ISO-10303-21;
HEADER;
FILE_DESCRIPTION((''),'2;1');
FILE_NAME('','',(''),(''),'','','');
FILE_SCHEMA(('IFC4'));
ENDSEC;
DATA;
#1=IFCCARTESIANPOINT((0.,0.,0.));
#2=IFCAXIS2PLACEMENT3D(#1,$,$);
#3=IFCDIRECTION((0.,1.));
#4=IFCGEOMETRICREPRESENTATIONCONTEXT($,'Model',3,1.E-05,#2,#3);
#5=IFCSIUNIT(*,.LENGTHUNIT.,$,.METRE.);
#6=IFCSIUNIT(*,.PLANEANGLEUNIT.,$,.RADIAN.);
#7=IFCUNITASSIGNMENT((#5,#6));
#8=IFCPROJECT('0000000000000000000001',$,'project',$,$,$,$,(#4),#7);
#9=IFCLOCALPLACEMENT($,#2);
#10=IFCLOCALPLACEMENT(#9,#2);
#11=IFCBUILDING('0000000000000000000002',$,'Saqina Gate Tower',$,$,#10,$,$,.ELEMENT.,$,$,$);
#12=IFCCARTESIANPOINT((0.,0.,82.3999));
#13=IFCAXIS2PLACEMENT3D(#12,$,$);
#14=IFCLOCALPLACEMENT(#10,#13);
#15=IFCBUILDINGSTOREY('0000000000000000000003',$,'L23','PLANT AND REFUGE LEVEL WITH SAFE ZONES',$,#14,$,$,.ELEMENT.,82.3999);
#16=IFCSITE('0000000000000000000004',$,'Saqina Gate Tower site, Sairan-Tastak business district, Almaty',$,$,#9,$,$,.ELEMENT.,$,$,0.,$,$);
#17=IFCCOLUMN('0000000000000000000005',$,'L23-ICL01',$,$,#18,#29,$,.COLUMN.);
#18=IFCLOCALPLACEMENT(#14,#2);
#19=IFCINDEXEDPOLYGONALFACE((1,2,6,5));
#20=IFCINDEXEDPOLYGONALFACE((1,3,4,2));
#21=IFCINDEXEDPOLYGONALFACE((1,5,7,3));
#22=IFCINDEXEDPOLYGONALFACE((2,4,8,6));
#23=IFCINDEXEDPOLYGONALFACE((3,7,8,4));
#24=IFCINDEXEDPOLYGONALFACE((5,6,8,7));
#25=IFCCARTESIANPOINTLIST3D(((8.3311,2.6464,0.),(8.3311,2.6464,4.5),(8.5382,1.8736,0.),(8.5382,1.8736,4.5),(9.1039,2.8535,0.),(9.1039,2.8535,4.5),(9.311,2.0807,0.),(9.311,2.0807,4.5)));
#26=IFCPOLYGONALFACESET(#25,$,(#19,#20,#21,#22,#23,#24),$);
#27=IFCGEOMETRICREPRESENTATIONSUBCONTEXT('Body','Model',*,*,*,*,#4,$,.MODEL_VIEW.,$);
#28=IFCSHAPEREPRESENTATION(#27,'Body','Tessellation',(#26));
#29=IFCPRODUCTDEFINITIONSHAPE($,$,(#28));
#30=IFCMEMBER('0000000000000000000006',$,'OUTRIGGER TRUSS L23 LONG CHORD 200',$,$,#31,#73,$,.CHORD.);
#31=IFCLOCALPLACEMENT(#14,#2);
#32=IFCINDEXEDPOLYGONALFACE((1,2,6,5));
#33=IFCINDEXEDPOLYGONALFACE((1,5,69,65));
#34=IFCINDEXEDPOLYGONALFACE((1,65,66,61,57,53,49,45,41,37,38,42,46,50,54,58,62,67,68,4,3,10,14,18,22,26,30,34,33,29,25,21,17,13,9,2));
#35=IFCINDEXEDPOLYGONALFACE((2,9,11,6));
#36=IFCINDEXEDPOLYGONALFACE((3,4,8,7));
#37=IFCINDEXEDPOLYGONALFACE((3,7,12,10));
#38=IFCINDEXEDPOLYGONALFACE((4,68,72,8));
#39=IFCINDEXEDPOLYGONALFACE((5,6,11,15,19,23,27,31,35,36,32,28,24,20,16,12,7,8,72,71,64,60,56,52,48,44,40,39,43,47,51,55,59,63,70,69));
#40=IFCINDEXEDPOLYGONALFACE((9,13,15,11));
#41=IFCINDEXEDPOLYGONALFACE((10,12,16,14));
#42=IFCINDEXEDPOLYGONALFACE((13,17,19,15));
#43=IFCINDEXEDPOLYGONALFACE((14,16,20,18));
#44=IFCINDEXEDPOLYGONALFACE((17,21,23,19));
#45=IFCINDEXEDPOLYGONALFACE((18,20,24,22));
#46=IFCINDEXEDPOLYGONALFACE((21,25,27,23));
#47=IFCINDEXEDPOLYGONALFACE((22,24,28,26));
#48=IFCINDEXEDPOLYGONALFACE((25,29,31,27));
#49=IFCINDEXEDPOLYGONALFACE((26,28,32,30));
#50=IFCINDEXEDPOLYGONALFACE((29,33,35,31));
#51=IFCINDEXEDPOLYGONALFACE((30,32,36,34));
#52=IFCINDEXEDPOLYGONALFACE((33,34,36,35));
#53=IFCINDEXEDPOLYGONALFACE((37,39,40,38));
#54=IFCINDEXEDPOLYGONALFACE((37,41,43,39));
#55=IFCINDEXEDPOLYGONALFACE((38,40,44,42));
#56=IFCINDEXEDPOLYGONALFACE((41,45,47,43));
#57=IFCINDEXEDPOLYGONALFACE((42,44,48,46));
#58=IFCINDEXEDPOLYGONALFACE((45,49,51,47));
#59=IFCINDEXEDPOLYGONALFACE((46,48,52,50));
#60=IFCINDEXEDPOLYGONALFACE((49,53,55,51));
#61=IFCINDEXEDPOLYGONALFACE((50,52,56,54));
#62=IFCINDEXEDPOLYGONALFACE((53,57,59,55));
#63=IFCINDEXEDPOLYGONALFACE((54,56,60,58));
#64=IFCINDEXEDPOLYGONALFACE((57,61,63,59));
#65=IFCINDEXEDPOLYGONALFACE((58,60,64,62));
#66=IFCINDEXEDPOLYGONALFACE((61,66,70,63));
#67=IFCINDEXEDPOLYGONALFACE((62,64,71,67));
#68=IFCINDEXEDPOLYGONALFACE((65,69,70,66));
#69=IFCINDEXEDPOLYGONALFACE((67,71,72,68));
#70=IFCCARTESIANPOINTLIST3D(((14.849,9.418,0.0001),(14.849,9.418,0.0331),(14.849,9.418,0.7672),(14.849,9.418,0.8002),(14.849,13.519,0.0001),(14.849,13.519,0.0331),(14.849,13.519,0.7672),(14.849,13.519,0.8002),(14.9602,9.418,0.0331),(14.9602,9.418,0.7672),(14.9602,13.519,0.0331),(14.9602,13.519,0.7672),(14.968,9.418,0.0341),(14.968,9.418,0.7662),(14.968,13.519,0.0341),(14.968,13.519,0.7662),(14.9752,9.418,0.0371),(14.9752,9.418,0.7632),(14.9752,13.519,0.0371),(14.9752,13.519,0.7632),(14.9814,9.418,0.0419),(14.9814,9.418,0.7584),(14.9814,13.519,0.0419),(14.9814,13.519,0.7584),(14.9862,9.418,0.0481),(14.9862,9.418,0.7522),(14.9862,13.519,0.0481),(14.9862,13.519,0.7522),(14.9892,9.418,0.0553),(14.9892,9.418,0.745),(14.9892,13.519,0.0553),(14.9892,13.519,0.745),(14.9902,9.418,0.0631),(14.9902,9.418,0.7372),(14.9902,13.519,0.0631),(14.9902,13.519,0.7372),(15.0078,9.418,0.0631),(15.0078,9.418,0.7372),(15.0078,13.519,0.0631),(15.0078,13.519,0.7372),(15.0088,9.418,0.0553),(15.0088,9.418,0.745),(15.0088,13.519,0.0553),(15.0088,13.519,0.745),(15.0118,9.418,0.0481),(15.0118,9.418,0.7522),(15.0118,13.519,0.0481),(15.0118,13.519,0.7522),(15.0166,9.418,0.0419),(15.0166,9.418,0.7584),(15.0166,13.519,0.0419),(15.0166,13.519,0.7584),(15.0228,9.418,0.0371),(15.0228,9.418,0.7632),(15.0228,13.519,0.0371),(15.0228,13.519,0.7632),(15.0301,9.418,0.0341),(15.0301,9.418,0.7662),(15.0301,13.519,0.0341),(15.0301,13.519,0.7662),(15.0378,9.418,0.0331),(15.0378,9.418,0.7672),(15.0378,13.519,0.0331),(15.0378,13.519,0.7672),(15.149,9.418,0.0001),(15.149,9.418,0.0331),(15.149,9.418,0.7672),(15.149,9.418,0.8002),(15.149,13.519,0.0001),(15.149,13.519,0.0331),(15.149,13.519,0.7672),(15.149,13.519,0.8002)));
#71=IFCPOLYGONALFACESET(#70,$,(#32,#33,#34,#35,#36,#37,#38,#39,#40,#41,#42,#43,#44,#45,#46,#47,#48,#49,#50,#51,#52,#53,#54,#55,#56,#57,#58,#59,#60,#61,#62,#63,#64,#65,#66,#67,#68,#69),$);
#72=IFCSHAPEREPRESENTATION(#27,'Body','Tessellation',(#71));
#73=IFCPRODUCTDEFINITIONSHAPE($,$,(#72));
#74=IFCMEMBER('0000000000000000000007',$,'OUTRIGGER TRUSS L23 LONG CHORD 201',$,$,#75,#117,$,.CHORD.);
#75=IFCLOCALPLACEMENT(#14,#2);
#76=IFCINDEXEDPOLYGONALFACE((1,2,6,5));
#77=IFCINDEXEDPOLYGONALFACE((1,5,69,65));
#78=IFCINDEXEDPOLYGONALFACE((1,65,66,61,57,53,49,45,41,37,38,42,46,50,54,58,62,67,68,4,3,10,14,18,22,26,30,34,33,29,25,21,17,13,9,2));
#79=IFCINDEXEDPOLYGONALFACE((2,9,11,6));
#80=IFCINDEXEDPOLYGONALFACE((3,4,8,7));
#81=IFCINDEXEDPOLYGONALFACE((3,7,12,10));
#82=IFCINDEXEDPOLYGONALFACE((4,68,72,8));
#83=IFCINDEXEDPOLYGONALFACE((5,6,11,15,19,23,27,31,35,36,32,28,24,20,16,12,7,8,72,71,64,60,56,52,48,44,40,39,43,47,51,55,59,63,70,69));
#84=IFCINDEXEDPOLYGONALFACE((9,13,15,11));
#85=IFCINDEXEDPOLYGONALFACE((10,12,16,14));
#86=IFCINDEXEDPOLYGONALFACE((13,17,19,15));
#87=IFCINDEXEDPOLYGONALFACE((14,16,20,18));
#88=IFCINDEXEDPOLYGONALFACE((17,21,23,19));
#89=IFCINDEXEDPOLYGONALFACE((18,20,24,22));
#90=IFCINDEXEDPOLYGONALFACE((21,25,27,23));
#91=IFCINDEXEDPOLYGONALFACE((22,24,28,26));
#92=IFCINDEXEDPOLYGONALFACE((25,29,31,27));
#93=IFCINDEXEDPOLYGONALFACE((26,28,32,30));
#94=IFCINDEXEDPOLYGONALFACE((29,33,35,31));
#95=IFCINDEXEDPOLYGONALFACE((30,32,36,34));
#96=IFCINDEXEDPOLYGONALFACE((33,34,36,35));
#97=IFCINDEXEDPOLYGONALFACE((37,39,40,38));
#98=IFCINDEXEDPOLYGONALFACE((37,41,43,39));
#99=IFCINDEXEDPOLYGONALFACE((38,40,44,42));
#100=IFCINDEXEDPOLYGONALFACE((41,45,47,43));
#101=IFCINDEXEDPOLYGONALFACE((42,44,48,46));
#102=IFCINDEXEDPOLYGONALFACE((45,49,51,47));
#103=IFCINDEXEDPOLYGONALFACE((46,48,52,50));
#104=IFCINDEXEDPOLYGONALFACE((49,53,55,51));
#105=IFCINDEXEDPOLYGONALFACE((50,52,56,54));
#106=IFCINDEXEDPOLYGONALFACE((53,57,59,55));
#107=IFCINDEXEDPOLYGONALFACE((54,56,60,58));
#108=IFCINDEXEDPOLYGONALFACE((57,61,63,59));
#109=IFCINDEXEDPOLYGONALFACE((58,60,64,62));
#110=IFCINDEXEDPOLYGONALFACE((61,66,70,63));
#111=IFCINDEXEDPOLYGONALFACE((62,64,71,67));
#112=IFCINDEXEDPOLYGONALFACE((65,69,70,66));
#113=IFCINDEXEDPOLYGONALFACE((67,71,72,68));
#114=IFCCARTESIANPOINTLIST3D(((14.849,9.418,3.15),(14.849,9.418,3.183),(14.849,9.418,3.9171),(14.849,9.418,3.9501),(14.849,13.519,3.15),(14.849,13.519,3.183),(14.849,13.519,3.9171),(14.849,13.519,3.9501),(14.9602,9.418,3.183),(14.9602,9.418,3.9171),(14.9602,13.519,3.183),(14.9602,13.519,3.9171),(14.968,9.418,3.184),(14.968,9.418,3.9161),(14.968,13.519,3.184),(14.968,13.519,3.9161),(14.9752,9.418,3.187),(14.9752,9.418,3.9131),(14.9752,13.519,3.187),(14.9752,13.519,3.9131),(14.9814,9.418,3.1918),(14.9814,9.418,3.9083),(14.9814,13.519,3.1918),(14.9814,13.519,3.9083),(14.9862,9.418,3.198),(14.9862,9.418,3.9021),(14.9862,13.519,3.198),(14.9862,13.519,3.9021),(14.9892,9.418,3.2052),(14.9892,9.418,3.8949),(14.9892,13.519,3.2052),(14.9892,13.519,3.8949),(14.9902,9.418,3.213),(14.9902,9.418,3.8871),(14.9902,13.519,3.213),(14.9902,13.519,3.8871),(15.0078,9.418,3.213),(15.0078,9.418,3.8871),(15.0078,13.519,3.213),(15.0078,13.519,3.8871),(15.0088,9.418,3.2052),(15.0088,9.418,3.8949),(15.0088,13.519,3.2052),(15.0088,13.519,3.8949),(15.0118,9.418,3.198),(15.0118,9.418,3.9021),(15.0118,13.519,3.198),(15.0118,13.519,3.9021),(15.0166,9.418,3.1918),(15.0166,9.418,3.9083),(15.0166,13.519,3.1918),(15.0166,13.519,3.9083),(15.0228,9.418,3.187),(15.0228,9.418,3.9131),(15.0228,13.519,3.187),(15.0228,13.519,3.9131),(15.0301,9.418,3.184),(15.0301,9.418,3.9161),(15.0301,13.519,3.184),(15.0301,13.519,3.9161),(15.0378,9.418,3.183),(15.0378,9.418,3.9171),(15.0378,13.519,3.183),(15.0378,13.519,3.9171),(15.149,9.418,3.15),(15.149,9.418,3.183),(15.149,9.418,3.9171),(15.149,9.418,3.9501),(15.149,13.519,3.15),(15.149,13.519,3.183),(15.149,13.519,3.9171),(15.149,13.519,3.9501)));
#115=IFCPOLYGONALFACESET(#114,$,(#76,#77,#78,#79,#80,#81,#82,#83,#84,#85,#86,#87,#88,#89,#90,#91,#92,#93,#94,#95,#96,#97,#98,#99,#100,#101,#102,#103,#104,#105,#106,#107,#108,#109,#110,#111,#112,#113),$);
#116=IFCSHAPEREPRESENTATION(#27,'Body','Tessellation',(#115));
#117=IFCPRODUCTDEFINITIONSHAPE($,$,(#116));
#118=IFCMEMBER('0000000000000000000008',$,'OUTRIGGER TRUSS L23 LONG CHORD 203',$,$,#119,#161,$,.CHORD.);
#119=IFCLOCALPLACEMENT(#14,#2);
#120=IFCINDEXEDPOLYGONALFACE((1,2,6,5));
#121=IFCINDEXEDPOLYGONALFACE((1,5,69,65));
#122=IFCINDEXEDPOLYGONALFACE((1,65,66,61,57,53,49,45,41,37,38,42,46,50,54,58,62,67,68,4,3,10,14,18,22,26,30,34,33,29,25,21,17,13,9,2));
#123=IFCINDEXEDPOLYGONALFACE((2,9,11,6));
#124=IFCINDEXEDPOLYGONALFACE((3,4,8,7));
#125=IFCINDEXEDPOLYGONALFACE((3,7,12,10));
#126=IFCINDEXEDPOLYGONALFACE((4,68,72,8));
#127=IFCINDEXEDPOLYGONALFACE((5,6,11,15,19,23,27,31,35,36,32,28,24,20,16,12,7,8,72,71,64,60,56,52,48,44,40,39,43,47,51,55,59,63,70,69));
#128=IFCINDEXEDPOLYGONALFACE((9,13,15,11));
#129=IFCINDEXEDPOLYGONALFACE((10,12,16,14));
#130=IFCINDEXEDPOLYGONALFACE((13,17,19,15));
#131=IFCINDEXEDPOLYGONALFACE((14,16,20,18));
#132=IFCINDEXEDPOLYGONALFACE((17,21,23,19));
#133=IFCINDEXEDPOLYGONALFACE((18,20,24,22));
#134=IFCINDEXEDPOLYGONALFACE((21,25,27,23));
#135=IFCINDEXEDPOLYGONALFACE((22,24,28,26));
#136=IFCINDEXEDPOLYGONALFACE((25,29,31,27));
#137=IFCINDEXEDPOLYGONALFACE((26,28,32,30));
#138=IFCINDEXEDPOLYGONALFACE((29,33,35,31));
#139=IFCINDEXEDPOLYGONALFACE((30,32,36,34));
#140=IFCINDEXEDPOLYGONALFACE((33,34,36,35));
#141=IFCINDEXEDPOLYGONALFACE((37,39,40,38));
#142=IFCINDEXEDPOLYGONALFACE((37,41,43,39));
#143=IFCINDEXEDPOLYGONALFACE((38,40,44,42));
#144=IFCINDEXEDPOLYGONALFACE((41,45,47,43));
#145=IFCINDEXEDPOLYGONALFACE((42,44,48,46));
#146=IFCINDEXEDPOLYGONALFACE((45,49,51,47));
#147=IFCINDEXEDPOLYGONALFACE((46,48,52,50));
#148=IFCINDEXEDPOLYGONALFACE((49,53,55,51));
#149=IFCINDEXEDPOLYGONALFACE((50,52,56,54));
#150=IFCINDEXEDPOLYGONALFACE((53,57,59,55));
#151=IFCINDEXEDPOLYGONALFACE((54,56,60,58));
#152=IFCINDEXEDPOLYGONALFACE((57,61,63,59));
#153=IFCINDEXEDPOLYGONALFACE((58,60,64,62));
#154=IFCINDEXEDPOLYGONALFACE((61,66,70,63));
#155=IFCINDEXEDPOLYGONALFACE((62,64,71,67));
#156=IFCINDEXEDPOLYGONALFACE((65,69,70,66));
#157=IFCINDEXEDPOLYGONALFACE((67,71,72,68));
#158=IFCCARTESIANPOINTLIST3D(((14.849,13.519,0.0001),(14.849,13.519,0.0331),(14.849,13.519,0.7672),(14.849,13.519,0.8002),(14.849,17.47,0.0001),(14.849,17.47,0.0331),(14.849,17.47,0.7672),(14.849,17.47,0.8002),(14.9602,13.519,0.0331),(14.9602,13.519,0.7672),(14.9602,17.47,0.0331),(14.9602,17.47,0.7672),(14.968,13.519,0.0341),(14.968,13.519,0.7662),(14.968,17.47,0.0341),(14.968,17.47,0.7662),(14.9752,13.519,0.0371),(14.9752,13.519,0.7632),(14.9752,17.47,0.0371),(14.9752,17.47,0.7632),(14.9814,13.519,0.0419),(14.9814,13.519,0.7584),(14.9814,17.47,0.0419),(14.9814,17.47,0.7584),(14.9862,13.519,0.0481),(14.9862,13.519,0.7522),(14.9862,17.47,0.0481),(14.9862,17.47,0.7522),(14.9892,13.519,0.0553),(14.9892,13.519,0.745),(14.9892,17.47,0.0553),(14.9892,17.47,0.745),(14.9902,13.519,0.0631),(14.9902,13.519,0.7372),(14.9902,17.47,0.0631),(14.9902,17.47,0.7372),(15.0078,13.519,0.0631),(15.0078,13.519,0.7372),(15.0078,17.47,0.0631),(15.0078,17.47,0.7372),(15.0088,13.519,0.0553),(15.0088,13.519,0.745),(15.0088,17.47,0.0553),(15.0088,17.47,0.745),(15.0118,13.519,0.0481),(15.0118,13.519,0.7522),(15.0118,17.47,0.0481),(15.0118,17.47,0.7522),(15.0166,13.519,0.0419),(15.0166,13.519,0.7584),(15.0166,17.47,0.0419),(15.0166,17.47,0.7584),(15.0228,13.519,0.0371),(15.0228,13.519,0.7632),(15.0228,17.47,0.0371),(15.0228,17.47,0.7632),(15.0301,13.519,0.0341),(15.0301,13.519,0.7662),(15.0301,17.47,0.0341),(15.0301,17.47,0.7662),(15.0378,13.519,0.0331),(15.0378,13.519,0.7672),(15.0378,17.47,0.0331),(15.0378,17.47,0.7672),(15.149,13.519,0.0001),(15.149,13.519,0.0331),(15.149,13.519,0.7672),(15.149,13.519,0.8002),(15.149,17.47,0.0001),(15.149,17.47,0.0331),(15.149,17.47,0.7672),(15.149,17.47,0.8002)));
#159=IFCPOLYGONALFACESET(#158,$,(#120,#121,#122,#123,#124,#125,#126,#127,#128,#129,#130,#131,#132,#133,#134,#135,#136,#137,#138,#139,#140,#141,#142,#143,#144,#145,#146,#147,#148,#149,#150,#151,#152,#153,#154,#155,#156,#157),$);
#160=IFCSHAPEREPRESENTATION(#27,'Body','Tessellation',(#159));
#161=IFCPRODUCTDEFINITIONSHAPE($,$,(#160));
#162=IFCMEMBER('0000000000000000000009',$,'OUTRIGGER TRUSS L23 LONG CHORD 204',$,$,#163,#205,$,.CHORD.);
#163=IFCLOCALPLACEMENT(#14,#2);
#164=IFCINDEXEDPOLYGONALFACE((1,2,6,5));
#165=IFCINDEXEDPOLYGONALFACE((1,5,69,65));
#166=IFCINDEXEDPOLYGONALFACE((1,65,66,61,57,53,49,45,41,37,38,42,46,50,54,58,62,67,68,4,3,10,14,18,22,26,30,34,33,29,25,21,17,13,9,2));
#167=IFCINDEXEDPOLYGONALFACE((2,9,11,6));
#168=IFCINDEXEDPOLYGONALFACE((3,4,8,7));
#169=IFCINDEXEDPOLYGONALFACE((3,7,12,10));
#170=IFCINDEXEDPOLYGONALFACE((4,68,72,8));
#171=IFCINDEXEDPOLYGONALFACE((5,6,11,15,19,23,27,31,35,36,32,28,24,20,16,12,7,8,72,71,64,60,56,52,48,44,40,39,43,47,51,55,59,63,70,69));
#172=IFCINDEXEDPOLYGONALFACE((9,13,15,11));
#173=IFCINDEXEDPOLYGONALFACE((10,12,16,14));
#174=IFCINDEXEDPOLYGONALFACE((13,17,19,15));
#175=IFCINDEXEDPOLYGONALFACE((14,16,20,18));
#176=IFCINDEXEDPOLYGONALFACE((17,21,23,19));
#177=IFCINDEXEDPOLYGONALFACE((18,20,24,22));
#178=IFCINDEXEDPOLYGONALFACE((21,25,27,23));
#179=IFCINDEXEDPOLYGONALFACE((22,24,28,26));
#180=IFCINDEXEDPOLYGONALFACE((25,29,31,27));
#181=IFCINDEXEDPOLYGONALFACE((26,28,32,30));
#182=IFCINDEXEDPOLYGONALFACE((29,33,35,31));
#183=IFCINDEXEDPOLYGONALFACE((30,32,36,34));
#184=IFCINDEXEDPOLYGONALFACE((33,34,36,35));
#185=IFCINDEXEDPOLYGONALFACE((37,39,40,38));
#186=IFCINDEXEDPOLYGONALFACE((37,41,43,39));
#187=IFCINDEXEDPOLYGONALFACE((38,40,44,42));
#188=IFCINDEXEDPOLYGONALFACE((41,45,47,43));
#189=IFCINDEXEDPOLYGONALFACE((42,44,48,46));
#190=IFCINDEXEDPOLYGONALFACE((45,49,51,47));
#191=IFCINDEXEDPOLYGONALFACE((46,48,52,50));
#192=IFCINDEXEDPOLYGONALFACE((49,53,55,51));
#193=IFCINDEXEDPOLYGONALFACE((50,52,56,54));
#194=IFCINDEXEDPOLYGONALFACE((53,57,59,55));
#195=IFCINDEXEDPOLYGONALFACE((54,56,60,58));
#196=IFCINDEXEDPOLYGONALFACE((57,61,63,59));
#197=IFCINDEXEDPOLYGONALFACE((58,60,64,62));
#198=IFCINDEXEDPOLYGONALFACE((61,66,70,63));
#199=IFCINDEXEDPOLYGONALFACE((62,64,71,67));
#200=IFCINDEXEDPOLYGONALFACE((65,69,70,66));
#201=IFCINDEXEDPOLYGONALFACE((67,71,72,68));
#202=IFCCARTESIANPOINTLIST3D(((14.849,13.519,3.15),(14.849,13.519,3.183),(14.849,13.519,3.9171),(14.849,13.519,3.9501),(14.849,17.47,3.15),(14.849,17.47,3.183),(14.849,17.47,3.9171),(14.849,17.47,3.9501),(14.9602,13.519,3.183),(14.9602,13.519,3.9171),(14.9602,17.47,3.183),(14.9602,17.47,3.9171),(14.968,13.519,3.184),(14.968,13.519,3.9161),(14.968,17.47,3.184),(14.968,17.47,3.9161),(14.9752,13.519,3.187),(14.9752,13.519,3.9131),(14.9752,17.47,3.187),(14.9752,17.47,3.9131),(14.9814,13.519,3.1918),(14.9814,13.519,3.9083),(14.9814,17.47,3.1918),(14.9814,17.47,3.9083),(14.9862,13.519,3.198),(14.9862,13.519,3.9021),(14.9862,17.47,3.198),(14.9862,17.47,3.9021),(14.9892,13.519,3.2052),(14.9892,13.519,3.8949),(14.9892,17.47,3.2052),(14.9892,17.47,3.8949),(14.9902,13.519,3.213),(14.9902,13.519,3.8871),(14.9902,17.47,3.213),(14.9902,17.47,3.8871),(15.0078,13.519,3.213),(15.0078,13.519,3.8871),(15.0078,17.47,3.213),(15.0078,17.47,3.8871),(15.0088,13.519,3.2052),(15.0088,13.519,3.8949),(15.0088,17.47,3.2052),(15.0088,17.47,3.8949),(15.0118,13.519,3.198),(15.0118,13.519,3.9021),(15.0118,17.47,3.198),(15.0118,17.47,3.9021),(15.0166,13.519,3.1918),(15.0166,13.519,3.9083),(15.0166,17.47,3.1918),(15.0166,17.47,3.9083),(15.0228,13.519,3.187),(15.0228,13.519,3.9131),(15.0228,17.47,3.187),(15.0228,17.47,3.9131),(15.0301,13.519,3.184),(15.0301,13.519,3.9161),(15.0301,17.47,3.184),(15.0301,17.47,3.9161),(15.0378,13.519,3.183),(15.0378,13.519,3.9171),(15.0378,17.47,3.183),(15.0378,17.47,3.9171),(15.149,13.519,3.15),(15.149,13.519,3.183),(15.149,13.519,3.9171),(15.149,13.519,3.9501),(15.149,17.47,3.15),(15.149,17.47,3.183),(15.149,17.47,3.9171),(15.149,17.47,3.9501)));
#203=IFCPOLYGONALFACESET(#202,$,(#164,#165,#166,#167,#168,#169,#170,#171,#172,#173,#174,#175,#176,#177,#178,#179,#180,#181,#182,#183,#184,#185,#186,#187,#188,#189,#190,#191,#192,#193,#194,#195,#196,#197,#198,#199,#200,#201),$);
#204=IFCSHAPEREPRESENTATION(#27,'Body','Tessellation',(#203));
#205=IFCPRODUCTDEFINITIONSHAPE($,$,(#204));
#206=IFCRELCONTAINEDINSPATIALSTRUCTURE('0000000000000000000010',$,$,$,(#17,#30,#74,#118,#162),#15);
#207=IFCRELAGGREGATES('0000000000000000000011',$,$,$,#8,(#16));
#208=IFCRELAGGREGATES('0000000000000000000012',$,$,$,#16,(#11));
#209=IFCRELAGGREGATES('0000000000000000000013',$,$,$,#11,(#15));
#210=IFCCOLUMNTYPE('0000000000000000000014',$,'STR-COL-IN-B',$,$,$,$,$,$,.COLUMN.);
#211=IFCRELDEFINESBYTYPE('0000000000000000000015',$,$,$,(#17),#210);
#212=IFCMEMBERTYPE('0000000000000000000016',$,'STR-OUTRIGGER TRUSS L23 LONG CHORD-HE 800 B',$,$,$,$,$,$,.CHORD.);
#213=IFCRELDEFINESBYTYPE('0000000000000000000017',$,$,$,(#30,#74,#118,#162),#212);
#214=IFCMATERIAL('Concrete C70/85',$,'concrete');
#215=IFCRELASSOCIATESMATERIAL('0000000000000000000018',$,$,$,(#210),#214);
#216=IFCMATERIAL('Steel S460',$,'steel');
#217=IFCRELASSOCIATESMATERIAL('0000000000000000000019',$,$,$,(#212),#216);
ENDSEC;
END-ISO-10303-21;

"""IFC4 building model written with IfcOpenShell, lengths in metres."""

from ifc_helpers import new_model, si_unit, direction, frame, origin, origin_2d, place, context, subcontext, project, spatial, rectangle, i_section, extrude, material, material_profile, profile_set, type_object, element, save


model = new_model("IFC4")

# Units and contexts
model_context = context("Model", 3, precision=1e-05, world=origin(), true_north=direction((0.0, 1.0)))
body_context = subcontext(model_context, "Body", "Model", "MODEL_VIEW")
ifc_project = project(units=[si_unit("LENGTHUNIT", "METRE"), si_unit("PLANEANGLEUNIT", "RADIAN")], contexts=[model_context])

# Site, building, storey
site_placement = place(None, origin())
site = spatial("IfcSite", under=ifc_project, at=site_placement, Name="Saqina Gate Tower site, Sairan-Tastak business district, Almaty", CompositionType="ELEMENT", RefElevation=0.0)
building_placement = place(site_placement, origin())
building = spatial("IfcBuilding", under=site, at=building_placement, Name="Saqina Gate Tower", CompositionType="ELEMENT")
storey_placement = place(building_placement, frame((0.0, 0.0, 82.3999)))
storey = spatial("IfcBuildingStorey", under=building, at=storey_placement, Name="L23", Description="PLANT AND REFUGE LEVEL WITH SAFE ZONES", CompositionType="ELEMENT", Elevation=82.3999)

# Column
ifc_material_1 = material(Name="Concrete C70/85", Category="concrete")
ifc_material_profile_1 = material_profile(ifc_material_1, rectangle(XDim=0.8, YDim=0.8, at=origin_2d()), Name="RC 800x800")
ifc_profile_set_1 = profile_set([ifc_material_profile_1], Name="Concrete C70/85")
column_type = type_object("IfcColumnType", Name="STR-COL-IN-B", PredefinedType="COLUMN", material=ifc_profile_set_1)
column_placement = place(storey_placement, frame((8.821, 2.3635, 0.0), z_axis=(0.0, 0.0, 1.0), x_axis=(0.965926, 0.258819, 0.0)))
element("IfcColumn", 1, at=column_placement, inside=storey, type_object=column_type, Name="L23-ICL01", PredefinedType="COLUMN", context=body_context, shape_type="SweptSolid", body=[
    extrude(rectangle(XDim=0.8, YDim=0.8, at=origin_2d()), origin(), (0.0, 0.0, 1.0), 4.5),
])

# Members
ifc_material_2 = material(Name="Steel S460", Category="steel")
ifc_material_profile_2 = material_profile(ifc_material_2, i_section(OverallWidth=0.3, OverallDepth=0.8, WebThickness=0.0176, FlangeThickness=0.033, FilletRadius=0.03, at=origin_2d()), Name="HE 800 B")
ifc_profile_set_2 = profile_set([ifc_material_profile_2], Name="Steel S460")
member_type_1 = type_object("IfcMemberType", Name="STR-OUTRIGGER TRUSS L23 LONG CHORD-HE 800 B", PredefinedType="CHORD", material=ifc_profile_set_2)
for number, where, z_axis, x_axis, name in (
    (2, (14.999, 9.418, 0.4001), (0.0, 1.0, 0.0), (-1.0, 0.0, 0.0), "OUTRIGGER TRUSS L23 LONG CHORD 200"),
    (3, (14.999, 9.418, 3.55), (0.0, 1.0, 0.0), (-1.0, 0.0, 0.0), "OUTRIGGER TRUSS L23 LONG CHORD 201"),
):
    element("IfcMember", number, at=place(storey_placement, frame(where, z_axis=z_axis, x_axis=x_axis)), inside=storey, type_object=member_type_1, Name=name, PredefinedType="CHORD", context=body_context, shape_type="SweptSolid", body=[
        extrude(i_section(OverallWidth=0.3, OverallDepth=0.8, WebThickness=0.0176, FlangeThickness=0.033, FilletRadius=0.03, at=origin_2d()), origin(), (0.0, 0.0, 1.0), 4.1011),
    ])
for number, where, z_axis, x_axis, name in (
    (4, (14.999, 13.519, 0.4001), (0.0, 1.0, 0.0), (-1.0, 0.0, 0.0), "OUTRIGGER TRUSS L23 LONG CHORD 203"),
    (5, (14.999, 13.519, 3.55), (0.0, 1.0, 0.0), (-1.0, 0.0, 0.0), "OUTRIGGER TRUSS L23 LONG CHORD 204"),
):
    element("IfcMember", number, at=place(storey_placement, frame(where, z_axis=z_axis, x_axis=x_axis)), inside=storey, type_object=member_type_1, Name=name, PredefinedType="CHORD", context=body_context, shape_type="SweptSolid", body=[
        extrude(i_section(OverallWidth=0.3, OverallDepth=0.8, WebThickness=0.0176, FlangeThickness=0.033, FilletRadius=0.03, at=origin_2d()), origin(), (0.0, 0.0, 1.0), 3.9509),
    ])

save(model, "model.ifc")
